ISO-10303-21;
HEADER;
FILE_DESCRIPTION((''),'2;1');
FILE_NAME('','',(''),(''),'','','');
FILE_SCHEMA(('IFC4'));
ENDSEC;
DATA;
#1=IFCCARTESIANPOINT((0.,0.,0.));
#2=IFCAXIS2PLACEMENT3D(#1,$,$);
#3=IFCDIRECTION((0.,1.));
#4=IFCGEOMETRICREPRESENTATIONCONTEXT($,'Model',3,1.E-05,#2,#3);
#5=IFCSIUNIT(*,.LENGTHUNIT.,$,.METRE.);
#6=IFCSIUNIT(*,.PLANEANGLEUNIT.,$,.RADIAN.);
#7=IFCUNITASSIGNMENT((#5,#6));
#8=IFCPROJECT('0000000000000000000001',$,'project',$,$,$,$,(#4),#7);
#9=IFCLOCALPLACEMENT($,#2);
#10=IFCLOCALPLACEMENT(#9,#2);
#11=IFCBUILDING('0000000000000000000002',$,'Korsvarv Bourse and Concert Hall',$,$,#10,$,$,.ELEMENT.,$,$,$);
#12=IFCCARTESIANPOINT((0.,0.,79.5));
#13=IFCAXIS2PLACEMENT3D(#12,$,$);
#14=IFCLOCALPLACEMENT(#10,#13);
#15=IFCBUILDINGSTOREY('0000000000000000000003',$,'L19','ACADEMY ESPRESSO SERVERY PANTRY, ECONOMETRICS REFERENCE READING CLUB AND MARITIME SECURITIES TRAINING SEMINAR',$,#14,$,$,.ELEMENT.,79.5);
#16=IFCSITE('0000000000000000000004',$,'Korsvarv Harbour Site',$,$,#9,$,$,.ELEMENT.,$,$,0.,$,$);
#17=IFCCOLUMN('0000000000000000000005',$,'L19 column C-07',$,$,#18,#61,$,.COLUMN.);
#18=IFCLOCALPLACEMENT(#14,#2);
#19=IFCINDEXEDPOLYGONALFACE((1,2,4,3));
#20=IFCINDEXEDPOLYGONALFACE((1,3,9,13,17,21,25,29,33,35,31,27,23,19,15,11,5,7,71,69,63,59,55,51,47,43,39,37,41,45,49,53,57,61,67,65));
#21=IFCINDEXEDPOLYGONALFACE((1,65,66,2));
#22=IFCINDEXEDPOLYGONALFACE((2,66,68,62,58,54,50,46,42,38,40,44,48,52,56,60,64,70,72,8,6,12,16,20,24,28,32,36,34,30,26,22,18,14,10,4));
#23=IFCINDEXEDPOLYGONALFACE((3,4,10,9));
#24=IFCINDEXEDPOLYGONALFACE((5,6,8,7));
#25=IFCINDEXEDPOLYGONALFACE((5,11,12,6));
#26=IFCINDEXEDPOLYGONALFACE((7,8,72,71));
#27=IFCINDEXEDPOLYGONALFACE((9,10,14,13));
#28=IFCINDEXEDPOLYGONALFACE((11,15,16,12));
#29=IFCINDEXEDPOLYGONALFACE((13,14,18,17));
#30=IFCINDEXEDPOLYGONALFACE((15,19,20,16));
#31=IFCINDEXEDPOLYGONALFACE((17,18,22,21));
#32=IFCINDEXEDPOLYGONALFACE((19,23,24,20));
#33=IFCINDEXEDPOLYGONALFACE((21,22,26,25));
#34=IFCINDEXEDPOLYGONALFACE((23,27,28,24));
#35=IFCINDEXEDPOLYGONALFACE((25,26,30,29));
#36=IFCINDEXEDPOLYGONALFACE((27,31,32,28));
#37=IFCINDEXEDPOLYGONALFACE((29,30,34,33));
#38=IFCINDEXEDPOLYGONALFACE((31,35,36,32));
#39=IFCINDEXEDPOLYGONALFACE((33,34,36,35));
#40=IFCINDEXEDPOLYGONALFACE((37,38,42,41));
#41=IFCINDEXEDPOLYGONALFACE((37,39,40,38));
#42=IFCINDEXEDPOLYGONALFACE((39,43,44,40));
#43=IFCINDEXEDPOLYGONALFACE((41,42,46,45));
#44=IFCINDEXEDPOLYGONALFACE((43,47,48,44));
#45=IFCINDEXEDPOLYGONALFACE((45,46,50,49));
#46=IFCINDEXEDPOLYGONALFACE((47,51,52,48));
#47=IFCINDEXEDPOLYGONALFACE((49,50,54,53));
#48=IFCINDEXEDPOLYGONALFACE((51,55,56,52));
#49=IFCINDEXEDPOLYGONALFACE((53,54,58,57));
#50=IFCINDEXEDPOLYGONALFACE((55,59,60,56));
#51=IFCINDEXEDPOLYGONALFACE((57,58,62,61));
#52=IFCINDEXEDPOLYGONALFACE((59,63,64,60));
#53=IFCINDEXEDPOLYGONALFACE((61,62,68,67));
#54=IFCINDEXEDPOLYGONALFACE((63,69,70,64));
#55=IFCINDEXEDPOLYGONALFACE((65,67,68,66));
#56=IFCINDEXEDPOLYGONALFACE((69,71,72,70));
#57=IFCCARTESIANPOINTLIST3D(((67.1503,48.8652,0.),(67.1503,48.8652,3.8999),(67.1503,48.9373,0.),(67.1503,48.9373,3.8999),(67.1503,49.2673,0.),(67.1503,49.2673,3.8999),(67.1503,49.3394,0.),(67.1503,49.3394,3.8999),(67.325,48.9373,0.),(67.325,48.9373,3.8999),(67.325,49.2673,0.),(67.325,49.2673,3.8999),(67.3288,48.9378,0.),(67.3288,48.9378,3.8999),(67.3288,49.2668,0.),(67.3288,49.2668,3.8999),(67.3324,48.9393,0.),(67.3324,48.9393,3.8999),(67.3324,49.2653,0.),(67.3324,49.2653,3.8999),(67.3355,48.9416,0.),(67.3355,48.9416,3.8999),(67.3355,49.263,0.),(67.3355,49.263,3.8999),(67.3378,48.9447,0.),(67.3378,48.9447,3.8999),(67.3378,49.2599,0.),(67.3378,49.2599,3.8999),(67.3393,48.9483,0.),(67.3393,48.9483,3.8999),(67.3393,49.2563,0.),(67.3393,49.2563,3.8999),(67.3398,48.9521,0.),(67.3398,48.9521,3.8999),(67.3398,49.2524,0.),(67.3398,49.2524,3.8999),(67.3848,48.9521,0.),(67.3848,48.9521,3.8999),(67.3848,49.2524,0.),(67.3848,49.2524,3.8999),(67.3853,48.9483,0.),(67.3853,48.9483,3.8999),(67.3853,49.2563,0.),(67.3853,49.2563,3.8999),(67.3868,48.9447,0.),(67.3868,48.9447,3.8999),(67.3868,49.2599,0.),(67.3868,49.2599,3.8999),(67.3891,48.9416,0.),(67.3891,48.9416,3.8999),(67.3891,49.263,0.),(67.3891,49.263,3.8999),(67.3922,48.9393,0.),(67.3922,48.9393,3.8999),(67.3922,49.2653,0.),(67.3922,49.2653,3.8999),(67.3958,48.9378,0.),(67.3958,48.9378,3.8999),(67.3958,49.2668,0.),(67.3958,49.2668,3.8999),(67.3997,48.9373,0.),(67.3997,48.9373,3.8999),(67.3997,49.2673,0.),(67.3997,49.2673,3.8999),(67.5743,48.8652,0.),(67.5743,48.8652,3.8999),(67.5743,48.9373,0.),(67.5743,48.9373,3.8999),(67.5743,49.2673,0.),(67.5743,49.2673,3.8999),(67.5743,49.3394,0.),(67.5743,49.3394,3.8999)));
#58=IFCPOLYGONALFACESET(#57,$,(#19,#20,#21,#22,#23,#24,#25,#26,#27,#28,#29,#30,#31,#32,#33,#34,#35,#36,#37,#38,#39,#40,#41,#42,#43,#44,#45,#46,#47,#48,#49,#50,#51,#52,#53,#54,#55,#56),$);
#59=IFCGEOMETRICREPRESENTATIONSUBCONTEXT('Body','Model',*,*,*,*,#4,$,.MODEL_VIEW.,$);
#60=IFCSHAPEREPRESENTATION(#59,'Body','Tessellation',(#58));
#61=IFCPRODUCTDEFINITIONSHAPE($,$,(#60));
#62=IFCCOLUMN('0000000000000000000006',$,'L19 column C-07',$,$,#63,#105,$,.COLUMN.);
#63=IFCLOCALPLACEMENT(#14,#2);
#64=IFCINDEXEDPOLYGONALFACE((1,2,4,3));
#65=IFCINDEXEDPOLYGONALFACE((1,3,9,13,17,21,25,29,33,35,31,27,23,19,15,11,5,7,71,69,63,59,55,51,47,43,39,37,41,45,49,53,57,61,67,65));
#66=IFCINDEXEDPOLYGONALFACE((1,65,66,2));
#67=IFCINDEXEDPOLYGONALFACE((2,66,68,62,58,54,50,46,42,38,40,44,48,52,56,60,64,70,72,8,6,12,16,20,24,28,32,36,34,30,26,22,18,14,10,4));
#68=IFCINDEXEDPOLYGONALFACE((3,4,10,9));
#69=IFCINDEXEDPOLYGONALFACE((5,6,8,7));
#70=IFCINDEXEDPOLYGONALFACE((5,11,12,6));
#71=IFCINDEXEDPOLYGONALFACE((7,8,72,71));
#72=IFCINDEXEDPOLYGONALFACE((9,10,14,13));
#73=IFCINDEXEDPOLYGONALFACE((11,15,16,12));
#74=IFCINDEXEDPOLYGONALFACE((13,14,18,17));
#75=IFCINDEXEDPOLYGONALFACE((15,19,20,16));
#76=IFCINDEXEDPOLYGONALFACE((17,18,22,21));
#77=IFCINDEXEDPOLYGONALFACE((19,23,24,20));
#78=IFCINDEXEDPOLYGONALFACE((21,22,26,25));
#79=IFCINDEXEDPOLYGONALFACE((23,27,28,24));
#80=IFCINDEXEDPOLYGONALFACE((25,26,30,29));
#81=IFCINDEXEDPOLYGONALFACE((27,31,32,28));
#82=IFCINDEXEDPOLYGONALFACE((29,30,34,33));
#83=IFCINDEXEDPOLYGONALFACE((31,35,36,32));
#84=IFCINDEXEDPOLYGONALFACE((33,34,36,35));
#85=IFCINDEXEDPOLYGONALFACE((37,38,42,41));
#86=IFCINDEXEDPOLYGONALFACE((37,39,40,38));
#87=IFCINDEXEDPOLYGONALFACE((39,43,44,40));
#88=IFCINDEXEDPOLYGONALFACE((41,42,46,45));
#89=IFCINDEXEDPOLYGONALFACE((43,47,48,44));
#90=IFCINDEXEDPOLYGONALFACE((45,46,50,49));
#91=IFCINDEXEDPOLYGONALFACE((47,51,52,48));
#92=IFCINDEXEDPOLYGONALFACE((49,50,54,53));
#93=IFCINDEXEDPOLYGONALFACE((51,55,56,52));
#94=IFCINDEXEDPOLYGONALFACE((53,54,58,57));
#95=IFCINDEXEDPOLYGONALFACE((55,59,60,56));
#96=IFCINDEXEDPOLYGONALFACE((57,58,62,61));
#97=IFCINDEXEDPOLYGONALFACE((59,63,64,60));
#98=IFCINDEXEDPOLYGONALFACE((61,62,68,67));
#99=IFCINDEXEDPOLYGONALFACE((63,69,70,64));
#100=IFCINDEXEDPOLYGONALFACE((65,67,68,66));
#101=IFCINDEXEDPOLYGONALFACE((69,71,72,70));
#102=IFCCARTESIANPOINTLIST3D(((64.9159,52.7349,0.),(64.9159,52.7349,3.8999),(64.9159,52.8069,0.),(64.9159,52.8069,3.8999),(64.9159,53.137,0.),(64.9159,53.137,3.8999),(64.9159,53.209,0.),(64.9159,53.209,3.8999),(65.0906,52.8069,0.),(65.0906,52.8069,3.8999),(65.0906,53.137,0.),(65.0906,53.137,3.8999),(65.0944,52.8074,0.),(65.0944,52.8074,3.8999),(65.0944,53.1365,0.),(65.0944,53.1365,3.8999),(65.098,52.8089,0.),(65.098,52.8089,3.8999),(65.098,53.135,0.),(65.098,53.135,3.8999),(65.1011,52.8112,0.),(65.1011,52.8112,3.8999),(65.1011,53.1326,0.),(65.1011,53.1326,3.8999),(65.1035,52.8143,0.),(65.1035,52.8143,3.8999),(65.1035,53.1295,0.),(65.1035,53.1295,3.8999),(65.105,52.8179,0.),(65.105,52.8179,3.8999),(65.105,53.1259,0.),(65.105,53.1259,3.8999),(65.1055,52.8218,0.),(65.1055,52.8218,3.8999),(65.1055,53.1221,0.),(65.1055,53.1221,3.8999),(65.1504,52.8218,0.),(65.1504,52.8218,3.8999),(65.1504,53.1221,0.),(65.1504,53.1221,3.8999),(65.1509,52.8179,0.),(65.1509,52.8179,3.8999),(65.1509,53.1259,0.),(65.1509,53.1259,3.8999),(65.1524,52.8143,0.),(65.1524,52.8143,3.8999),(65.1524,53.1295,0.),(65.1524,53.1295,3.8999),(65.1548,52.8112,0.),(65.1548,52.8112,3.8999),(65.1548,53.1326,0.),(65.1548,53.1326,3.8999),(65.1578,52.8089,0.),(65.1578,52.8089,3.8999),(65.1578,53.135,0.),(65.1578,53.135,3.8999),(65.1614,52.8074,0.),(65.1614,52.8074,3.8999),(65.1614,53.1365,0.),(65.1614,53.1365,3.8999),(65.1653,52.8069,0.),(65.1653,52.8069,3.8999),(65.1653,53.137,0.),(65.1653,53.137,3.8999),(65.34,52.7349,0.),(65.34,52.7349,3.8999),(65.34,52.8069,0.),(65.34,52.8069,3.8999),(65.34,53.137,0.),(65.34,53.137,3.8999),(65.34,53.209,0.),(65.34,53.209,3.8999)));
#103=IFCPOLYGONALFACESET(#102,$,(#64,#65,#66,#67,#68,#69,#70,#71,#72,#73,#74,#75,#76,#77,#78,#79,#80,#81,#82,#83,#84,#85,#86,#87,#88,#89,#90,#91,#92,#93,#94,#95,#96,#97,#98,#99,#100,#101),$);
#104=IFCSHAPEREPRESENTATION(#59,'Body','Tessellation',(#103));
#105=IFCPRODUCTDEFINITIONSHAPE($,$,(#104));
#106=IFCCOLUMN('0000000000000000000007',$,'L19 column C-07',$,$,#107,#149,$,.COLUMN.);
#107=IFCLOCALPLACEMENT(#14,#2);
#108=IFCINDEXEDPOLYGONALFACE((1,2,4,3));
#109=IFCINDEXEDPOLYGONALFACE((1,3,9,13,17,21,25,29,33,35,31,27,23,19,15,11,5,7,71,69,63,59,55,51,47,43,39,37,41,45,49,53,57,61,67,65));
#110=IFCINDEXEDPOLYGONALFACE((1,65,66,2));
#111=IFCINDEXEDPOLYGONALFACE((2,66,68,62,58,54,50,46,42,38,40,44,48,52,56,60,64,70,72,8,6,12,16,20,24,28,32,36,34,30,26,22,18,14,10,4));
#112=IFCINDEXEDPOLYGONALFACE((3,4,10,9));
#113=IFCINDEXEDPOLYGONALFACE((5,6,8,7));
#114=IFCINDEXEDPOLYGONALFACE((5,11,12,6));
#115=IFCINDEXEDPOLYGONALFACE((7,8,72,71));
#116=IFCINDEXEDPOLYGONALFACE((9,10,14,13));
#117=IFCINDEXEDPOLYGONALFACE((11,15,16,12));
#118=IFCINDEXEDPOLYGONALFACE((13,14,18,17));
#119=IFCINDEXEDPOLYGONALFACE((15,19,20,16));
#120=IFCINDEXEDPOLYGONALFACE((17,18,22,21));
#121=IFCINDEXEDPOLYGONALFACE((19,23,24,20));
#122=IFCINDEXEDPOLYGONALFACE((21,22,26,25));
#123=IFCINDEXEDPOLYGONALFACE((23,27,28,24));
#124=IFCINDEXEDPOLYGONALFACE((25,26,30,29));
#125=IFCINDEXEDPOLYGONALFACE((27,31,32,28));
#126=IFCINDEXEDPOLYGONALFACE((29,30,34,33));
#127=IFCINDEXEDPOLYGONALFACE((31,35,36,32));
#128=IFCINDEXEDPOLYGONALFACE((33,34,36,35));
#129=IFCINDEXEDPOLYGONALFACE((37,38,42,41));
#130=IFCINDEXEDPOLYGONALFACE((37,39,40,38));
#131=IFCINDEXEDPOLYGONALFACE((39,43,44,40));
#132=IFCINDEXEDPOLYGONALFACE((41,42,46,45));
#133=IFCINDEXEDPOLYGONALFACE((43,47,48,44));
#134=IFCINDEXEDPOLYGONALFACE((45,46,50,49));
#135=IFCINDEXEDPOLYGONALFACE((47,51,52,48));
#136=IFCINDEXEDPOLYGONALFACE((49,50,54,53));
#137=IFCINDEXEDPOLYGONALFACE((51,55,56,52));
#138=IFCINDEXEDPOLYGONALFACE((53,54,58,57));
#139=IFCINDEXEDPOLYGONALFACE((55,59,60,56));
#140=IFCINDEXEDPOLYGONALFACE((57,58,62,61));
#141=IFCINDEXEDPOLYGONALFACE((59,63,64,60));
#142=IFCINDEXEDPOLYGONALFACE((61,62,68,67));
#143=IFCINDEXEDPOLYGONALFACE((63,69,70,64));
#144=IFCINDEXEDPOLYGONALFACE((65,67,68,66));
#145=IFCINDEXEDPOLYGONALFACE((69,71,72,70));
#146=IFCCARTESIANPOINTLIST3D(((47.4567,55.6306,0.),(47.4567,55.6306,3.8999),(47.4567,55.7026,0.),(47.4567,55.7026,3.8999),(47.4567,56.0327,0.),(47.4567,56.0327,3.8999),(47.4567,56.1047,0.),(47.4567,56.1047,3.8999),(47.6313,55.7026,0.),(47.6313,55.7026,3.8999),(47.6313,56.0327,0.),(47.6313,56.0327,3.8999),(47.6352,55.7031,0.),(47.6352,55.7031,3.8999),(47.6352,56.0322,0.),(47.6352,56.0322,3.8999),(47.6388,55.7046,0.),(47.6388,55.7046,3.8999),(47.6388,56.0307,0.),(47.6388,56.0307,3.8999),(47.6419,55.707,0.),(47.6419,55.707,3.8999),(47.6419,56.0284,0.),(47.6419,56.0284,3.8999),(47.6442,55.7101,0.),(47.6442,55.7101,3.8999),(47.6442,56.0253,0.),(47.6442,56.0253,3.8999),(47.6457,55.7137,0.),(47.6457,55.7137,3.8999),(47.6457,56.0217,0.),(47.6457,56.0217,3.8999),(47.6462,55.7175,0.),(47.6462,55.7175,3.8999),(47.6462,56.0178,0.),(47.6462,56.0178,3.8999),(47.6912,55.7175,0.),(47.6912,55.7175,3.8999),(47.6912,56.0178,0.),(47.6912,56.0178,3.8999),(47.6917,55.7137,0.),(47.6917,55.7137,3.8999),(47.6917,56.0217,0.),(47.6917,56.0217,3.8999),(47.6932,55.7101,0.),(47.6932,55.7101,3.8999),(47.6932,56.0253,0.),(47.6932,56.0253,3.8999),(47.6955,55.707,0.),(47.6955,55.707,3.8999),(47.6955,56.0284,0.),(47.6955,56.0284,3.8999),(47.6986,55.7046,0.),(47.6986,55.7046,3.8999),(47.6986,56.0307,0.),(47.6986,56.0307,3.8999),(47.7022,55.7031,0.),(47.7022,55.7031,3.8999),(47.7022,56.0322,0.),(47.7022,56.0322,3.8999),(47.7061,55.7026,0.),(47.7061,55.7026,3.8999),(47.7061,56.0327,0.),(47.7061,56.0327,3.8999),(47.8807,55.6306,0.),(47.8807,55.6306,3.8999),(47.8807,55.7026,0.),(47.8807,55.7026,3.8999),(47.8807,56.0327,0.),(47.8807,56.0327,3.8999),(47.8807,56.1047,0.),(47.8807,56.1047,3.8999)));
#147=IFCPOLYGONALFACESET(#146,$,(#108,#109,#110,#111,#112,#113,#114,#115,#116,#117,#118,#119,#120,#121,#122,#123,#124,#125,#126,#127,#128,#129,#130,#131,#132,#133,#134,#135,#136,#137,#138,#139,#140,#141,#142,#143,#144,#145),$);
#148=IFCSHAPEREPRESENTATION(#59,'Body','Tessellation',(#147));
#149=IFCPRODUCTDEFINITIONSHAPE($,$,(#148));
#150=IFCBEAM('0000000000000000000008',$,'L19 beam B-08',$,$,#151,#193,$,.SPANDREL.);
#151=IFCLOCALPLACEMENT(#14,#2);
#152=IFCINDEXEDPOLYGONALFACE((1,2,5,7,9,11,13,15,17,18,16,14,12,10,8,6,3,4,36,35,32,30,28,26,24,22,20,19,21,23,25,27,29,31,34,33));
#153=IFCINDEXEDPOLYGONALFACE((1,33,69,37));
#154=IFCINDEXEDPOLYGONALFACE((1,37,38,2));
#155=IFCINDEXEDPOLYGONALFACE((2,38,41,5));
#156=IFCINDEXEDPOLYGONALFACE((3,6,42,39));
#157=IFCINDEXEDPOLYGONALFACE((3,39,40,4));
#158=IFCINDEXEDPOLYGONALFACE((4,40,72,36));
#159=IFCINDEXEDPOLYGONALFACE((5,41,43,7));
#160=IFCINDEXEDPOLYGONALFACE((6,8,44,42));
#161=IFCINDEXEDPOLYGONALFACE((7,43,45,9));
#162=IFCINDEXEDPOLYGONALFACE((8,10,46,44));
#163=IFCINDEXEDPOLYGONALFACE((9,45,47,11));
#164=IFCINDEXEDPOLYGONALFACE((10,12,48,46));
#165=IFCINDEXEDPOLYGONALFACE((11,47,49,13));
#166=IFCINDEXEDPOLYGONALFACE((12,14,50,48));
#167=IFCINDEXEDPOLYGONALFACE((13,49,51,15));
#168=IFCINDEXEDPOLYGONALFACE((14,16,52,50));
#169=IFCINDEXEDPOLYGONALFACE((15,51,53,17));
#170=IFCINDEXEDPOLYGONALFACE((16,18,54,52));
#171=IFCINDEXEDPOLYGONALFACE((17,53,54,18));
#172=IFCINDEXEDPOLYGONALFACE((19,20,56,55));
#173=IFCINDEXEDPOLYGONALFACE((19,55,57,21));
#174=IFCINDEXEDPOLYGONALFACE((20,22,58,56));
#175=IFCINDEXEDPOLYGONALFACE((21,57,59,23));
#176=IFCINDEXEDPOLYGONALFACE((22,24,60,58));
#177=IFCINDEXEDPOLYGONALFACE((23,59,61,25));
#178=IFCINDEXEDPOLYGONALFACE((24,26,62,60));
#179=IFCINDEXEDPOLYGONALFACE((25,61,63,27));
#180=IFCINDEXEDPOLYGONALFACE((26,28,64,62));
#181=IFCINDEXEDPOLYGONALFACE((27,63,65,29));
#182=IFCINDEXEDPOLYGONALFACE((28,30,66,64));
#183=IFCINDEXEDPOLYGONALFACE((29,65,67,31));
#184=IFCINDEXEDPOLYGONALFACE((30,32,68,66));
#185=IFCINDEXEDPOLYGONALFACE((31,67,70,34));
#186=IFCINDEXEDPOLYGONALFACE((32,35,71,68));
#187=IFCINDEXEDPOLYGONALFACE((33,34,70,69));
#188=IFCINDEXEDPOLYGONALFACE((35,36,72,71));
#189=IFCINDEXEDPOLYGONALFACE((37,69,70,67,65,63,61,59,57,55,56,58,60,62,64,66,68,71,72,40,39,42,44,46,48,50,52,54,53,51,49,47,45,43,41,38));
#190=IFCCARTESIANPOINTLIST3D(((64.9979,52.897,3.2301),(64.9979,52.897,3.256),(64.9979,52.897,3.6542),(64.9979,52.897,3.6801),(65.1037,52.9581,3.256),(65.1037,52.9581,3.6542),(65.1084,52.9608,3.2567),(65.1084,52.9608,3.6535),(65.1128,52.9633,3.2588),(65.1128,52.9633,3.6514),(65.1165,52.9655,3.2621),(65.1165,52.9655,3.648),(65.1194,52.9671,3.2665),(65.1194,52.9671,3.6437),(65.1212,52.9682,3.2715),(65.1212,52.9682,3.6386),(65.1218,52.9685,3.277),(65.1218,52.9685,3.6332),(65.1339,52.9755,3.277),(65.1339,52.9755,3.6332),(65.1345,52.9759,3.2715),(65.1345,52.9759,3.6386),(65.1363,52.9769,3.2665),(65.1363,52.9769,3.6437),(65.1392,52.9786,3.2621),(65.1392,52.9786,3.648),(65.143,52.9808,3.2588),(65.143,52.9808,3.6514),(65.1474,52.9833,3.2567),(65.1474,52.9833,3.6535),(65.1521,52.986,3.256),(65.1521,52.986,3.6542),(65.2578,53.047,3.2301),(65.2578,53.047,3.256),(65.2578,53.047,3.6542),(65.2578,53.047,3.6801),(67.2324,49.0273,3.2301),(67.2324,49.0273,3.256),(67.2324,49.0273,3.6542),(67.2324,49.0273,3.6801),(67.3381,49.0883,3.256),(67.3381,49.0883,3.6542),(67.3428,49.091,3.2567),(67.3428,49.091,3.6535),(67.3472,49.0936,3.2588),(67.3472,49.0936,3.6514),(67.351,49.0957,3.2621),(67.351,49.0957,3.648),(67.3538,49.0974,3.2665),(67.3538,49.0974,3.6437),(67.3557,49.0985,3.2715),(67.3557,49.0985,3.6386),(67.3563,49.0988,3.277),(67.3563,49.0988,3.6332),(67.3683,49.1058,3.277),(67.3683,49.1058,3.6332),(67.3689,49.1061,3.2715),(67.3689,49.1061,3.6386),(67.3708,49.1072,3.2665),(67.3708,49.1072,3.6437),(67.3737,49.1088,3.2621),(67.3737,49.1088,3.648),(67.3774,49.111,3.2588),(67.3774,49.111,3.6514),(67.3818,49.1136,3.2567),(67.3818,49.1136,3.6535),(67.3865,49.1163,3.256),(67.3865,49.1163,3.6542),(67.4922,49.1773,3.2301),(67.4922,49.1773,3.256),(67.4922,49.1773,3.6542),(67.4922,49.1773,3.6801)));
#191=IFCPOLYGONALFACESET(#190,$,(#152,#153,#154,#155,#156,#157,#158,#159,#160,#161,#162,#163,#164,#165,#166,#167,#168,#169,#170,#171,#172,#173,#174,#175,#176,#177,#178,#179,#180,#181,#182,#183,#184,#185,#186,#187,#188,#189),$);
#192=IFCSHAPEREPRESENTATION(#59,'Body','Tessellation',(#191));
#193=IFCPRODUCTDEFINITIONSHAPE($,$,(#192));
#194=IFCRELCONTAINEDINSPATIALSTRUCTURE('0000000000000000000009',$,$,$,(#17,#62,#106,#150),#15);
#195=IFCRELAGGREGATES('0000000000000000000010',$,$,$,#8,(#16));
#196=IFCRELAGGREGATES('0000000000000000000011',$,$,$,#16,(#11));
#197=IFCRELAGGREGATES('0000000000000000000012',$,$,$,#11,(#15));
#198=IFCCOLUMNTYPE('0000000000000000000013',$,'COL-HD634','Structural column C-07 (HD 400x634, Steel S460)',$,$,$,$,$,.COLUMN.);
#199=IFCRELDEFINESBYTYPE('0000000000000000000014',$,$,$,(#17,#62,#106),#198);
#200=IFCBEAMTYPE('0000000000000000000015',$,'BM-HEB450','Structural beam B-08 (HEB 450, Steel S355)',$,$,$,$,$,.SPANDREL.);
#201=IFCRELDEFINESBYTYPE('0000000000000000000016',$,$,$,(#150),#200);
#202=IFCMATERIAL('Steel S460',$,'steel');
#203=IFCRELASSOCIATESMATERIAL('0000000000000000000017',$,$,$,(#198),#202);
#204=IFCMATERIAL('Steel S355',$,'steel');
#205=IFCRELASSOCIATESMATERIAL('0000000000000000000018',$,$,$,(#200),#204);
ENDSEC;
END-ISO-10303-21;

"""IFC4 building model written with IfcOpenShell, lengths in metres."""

from ifc_helpers import new_model, si_unit, direction, frame, origin, origin_2d, place, context, subcontext, project, spatial, i_section, extrude, source, transform, mapped, material, material_profile, profile_set, type_object, element, save


model = new_model("IFC4")

# Units and contexts
model_context = context("Model", 3, precision=1e-05, world=origin(), true_north=direction((0.0, 1.0)))
body_context = subcontext(model_context, "Body", "Model", "MODEL_VIEW")
ifc_project = project(units=[si_unit("LENGTHUNIT", "METRE"), si_unit("PLANEANGLEUNIT", "RADIAN")], contexts=[model_context])

# Site, building, storey
site_placement = place(None, origin())
site = spatial("IfcSite", under=ifc_project, at=site_placement, Name="Korsvarv Harbour Site", CompositionType="ELEMENT", RefElevation=0.0)
building_placement = place(site_placement, origin())
building = spatial("IfcBuilding", under=site, at=building_placement, Name="Korsvarv Bourse and Concert Hall", CompositionType="ELEMENT")
storey_placement = place(building_placement, frame((0.0, 0.0, 79.5)))
storey = spatial("IfcBuildingStorey", under=building, at=storey_placement, Name="L19", Description="ACADEMY ESPRESSO SERVERY PANTRY, ECONOMETRICS REFERENCE READING CLUB AND MARITIME SECURITIES TRAINING SEMINAR", CompositionType="ELEMENT", Elevation=79.5)

# Columns
ifc_material_1 = material(Name="Steel S460", Category="steel")
ifc_material_profile_1 = material_profile(ifc_material_1, i_section(OverallWidth=0.4241, OverallDepth=0.4741, WebThickness=0.0449, FlangeThickness=0.072, FilletRadius=0.0149, at=origin_2d()), Name="HD 400x634")
ifc_profile_set_1 = profile_set([ifc_material_profile_1], Name="Steel S460")
column_type = type_object("IfcColumnType", Name="COL-HD634", Description="Structural column C-07 (HD 400x634, Steel S460)", PredefinedType="COLUMN", material=ifc_profile_set_1)
shared_shape_1 = source(origin(), body_context, "Body", "SweptSolid", [
    extrude(i_section(OverallWidth=0.4241, OverallDepth=0.4741, WebThickness=0.0449, FlangeThickness=0.072, FilletRadius=0.0149, at=origin_2d()), origin(), (0.0, 0.0, 1.0), 3.8999),
])
for number, where, z_axis, x_axis, name in (
    (1, (67.3623, 49.1023, 0.0), (0.0, 0.0, 1.0), (1.0, 0.0, 0.0), "L19 column C-07"),
    (2, (65.1279, 52.9719, 0.0), (0.0, 0.0, 1.0), (1.0, 0.0, 0.0), "L19 column C-07"),
    (3, (47.6687, 55.8677, 0.0), (0.0, 0.0, 1.0), (1.0, 0.0, 0.0), "L19 column C-07"),
):
    element("IfcColumn", number, at=place(storey_placement, frame(where, z_axis=z_axis, x_axis=x_axis)), inside=storey, type_object=column_type, Name=name, PredefinedType="COLUMN", context=body_context, shape_type="MappedRepresentation", body=[
        mapped(shared_shape_1, transform((0.0, 0.0, 0.0), scale=1.0)),
    ])

# Beam
ifc_material_2 = material(Name="Steel S355", Category="steel")
ifc_material_profile_2 = material_profile(ifc_material_2, i_section(OverallWidth=0.3, OverallDepth=0.45, WebThickness=0.0139, FlangeThickness=0.0259, FilletRadius=0.021, at=origin_2d()), Name="HEB 450")
ifc_profile_set_2 = profile_set([ifc_material_profile_2], Name="Steel S355")
beam_type_1 = type_object("IfcBeamType", Name="BM-HEB450", Description="Structural beam B-08 (HEB 450, Steel S355)", PredefinedType="SPANDREL", material=ifc_profile_set_2)
shared_shape_2 = source(origin(), body_context, "Body", "SweptSolid", [
    extrude(i_section(OverallWidth=0.3, OverallDepth=0.45, WebThickness=0.0139, FlangeThickness=0.0259, FilletRadius=0.021, at=origin_2d()), origin(), (0.0, 0.0, 1.0), 4.4685),
])
beam_1_placement = place(storey_placement, frame((67.3623, 49.1023, 3.4551), z_axis=(-0.500041, 0.866002, 0.0), x_axis=(-0.866002, -0.500041, 0.0)))
element("IfcBeam", 4, at=beam_1_placement, inside=storey, type_object=beam_type_1, Name="L19 beam B-08", PredefinedType="SPANDREL", context=body_context, shape_type="MappedRepresentation", body=[
    mapped(shared_shape_2, transform((0.0, 0.0, 0.0), scale=1.0)),
])

save(model, "model.ifc")
